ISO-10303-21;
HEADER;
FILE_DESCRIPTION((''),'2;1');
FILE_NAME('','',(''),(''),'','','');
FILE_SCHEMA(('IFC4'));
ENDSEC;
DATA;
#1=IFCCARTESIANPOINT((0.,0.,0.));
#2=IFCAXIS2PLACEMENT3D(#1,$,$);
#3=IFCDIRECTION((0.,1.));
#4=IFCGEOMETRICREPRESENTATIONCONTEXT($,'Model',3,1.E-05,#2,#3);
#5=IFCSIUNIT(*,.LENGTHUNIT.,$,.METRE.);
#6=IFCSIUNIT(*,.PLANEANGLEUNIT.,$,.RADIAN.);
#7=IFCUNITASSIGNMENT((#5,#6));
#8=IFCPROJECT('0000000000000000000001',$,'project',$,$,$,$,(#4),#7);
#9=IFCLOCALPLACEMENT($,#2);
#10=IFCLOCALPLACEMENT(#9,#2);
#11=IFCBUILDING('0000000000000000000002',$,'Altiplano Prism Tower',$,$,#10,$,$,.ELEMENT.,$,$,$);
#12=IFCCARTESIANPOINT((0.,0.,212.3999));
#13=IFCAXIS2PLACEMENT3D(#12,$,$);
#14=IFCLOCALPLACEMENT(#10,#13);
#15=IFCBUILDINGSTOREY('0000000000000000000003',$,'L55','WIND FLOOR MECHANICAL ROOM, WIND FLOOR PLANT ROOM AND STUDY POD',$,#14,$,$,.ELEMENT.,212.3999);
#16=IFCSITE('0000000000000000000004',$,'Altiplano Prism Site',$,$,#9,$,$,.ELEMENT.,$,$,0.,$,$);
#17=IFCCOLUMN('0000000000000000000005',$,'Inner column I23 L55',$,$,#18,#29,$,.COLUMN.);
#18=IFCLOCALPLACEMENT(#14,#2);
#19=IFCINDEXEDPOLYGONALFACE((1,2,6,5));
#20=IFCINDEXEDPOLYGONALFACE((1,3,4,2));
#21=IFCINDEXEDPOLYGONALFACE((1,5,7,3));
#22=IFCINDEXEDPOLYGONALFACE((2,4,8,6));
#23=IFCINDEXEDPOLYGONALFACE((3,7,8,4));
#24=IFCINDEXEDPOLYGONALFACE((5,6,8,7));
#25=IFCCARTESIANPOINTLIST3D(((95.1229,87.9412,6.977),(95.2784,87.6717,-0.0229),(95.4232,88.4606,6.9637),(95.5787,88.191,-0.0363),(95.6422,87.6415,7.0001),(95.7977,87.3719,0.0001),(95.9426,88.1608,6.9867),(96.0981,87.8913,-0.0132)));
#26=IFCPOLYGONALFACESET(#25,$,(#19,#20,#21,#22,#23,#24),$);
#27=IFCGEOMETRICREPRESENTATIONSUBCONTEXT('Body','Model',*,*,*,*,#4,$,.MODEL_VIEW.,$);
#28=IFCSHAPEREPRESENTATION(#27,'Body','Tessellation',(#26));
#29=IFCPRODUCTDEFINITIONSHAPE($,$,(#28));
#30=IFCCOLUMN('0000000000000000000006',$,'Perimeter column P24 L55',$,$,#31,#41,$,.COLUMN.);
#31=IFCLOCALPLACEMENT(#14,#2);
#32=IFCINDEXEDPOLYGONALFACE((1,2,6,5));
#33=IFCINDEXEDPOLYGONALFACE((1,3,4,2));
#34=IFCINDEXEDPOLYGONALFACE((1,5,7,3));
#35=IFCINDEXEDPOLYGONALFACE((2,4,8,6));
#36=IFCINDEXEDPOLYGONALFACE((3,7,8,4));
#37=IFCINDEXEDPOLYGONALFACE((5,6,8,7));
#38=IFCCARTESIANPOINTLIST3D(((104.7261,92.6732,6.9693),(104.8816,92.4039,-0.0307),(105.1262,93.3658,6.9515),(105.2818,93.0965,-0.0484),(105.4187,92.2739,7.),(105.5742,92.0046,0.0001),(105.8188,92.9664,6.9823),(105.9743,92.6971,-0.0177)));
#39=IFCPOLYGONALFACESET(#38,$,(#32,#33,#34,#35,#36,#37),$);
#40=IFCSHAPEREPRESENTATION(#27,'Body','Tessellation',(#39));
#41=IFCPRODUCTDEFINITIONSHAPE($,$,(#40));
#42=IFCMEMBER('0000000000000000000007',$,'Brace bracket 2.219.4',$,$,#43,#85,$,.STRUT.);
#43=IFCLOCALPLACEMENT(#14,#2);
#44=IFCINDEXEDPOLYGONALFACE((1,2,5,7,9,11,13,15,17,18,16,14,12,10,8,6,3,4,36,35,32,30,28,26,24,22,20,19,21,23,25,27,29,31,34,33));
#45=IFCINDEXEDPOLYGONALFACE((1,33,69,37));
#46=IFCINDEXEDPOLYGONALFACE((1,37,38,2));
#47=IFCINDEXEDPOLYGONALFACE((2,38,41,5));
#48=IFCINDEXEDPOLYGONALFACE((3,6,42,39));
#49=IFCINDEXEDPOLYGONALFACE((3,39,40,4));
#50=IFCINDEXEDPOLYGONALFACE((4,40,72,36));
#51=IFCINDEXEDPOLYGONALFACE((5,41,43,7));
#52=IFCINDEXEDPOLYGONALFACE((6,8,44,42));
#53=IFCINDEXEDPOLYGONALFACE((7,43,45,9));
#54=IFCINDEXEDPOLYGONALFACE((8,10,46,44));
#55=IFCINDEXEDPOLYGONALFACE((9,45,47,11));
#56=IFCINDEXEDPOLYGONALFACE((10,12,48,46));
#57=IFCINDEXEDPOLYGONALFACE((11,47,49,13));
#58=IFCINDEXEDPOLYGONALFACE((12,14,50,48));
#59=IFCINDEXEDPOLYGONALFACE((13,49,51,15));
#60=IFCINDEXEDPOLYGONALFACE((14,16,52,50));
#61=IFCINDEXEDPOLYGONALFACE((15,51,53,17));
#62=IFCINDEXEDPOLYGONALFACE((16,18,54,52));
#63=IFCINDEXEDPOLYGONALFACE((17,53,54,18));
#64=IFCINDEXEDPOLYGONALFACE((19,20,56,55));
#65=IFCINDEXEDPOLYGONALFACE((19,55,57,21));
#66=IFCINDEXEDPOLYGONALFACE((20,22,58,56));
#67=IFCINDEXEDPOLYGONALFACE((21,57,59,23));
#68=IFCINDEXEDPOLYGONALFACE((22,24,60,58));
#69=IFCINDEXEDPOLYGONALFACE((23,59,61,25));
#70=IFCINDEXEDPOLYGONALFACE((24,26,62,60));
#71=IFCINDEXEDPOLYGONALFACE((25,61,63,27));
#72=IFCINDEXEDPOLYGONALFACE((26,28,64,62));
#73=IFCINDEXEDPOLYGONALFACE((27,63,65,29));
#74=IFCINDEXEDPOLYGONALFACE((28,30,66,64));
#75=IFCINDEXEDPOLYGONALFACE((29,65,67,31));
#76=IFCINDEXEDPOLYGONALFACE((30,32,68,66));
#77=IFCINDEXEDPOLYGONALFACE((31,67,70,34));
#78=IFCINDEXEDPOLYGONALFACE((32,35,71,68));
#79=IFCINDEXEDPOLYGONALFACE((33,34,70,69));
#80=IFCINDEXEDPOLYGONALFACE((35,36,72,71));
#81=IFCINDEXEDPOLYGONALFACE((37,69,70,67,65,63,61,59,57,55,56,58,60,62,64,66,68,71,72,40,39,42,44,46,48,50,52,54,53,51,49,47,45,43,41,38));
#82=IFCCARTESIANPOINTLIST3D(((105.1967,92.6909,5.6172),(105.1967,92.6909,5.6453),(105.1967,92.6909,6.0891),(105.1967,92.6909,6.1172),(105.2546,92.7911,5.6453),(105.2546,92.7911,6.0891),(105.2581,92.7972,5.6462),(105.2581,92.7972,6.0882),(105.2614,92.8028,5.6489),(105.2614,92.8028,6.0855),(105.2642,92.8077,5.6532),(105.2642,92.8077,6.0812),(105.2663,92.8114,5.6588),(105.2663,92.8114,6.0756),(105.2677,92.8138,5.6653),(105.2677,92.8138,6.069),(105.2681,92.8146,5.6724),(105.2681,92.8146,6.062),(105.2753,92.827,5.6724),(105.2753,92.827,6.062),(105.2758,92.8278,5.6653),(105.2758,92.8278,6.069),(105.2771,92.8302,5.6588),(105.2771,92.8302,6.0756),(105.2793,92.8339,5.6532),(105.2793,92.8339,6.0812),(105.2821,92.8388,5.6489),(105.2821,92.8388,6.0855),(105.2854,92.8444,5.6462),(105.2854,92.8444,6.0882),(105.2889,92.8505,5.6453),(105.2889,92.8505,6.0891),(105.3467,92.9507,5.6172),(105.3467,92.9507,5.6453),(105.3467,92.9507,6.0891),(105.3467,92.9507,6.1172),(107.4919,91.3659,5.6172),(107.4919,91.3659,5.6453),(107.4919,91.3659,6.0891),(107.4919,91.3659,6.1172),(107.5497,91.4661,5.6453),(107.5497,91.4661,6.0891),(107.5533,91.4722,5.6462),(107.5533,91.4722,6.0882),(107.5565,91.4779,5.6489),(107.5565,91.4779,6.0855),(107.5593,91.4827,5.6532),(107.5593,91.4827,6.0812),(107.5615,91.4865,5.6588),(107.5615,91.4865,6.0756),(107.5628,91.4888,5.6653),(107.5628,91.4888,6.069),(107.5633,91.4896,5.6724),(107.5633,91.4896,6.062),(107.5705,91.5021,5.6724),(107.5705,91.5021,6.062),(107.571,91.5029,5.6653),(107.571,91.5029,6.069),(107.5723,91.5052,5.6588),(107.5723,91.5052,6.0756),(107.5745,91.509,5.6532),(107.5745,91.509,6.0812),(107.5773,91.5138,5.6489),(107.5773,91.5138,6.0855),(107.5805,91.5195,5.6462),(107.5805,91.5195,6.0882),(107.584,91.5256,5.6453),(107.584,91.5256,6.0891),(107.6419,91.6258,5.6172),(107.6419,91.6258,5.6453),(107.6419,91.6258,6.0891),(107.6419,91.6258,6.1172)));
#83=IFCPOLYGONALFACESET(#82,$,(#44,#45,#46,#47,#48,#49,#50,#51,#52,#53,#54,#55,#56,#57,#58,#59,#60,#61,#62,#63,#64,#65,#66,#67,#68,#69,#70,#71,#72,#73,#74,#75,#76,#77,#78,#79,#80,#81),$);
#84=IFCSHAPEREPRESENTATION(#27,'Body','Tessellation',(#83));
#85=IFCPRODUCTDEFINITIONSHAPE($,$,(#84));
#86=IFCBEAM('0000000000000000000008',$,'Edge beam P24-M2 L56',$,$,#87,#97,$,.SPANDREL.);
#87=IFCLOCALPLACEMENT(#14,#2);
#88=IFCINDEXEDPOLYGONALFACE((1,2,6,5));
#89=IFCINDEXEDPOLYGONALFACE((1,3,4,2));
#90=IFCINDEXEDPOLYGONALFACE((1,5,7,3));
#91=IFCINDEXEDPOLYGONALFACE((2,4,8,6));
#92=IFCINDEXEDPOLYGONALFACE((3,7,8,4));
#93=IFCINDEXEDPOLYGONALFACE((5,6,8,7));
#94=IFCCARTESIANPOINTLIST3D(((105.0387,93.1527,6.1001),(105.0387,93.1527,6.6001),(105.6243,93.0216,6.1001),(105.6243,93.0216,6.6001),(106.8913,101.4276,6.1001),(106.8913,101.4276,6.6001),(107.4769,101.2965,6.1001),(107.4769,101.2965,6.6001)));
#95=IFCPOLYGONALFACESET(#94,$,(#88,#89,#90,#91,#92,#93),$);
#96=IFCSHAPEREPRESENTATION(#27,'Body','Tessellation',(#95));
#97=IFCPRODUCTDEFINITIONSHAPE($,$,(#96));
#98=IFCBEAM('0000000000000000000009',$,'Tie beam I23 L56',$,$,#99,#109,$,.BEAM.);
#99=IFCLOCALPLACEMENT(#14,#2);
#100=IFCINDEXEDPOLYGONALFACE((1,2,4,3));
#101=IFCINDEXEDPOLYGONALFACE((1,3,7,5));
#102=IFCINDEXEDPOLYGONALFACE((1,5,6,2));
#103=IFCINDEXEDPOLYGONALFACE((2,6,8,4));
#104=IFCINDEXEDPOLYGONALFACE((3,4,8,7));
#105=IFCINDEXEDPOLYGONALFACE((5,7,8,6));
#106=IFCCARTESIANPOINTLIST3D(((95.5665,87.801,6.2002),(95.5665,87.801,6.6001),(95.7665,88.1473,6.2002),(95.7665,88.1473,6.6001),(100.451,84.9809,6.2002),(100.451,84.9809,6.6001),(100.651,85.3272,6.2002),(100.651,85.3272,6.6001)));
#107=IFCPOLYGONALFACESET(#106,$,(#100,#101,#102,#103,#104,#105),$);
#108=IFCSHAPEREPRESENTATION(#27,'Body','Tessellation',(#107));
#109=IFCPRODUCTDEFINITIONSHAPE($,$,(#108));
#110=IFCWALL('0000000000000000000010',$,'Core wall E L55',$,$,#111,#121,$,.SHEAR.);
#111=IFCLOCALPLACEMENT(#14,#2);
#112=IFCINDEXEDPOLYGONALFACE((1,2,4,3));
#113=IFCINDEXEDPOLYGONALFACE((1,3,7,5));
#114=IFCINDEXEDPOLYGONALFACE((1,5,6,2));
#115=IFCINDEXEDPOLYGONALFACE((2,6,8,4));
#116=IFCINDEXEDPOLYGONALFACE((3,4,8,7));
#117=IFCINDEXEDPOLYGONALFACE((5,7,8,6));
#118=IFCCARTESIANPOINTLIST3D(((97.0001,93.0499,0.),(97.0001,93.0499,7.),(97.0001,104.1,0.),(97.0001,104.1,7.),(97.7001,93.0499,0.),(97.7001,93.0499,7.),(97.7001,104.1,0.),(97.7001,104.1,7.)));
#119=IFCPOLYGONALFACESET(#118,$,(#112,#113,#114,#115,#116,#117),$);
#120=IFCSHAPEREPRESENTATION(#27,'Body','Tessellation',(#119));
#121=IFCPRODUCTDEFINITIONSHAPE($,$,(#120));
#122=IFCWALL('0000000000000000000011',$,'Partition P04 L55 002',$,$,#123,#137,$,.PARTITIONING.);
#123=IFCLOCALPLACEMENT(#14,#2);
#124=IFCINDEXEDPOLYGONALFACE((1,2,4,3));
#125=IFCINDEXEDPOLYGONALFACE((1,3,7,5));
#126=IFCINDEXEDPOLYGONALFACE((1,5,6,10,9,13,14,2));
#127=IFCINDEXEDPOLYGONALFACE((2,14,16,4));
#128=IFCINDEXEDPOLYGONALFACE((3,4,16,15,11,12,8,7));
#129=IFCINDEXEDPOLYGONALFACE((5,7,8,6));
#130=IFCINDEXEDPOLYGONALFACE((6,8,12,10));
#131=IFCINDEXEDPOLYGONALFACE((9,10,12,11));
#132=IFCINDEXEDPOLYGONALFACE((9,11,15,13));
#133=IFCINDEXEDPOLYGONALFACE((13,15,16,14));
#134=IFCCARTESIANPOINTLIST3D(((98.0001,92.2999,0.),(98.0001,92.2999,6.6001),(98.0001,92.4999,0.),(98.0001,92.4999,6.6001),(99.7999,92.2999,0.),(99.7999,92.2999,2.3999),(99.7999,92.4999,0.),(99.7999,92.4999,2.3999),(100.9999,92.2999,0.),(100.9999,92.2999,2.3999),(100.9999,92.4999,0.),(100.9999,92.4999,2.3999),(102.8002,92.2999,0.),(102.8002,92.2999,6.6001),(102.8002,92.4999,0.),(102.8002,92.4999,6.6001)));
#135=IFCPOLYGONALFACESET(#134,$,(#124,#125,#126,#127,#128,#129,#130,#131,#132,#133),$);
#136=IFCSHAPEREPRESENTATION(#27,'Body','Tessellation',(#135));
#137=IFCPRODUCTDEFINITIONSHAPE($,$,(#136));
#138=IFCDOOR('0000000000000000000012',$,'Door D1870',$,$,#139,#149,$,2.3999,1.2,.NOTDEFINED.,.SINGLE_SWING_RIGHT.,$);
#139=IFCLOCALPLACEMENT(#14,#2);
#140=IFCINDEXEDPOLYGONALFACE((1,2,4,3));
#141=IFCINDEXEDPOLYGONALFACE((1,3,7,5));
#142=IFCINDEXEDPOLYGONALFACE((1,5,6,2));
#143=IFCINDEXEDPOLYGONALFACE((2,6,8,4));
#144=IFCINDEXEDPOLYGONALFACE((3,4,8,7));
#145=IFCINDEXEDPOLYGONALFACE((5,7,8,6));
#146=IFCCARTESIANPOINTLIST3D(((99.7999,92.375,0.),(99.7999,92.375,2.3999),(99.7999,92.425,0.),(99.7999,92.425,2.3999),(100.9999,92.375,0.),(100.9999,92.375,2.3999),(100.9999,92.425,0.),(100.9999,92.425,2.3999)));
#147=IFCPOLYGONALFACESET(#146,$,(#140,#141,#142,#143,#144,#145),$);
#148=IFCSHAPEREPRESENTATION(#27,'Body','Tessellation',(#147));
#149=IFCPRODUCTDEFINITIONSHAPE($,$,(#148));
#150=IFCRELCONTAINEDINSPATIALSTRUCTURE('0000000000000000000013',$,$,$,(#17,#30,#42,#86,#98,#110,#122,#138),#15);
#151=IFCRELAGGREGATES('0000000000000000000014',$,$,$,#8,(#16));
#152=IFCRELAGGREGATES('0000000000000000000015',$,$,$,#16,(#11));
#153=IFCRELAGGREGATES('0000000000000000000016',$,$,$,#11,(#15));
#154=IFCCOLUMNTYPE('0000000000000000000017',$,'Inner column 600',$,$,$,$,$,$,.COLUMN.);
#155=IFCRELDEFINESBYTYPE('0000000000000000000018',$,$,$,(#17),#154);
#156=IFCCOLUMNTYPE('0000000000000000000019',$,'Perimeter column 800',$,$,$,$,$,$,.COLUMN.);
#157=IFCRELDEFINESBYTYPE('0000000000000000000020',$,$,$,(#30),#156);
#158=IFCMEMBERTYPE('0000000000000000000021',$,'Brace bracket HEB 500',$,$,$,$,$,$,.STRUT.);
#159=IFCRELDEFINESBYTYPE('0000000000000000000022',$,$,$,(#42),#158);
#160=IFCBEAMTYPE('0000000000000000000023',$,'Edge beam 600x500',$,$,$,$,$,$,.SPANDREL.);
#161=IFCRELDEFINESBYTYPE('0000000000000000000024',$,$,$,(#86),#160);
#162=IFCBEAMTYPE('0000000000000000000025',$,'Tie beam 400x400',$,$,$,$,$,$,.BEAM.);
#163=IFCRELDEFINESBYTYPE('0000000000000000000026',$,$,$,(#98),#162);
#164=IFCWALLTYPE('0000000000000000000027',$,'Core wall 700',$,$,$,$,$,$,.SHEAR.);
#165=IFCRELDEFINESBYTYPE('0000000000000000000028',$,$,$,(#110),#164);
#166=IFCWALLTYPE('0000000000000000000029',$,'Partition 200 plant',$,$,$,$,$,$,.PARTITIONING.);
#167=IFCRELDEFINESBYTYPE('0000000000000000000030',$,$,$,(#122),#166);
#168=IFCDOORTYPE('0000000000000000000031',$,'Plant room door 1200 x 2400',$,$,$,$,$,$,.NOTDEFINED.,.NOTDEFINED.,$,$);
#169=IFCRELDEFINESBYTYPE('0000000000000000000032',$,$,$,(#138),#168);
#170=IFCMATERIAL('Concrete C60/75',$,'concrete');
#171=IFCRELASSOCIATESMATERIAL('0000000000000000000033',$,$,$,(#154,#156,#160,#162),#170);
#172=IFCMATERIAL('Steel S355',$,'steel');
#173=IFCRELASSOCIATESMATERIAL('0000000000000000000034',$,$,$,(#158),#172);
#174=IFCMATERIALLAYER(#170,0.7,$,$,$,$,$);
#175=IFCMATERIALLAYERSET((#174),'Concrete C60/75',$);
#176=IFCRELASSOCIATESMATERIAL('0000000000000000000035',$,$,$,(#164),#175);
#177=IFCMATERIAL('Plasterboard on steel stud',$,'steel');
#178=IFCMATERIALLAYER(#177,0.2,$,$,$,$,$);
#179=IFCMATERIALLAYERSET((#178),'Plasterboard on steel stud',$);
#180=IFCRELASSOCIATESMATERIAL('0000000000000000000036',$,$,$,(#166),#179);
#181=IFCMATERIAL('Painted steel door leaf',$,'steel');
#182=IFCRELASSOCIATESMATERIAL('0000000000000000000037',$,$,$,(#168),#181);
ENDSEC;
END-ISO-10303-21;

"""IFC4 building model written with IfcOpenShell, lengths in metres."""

from ifc_helpers import new_model, si_unit, direction, frame, frame_2d, origin, origin_2d, place, context, subcontext, project, spatial, rectangle, i_section, extrude, material, layer, layer_set, material_profile, profile_set, type_object, element, fill, save


model = new_model("IFC4")

# Units and contexts
model_context = context("Model", 3, precision=1e-05, world=origin(), true_north=direction((0.0, 1.0)))
body_context = subcontext(model_context, "Body", "Model", "MODEL_VIEW")
ifc_project = project(units=[si_unit("LENGTHUNIT", "METRE"), si_unit("PLANEANGLEUNIT", "RADIAN")], contexts=[model_context])

# Site, building, storey
site_placement = place(None, origin())
site = spatial("IfcSite", under=ifc_project, at=site_placement, Name="Altiplano Prism Site", CompositionType="ELEMENT", RefElevation=0.0)
building_placement = place(site_placement, origin())
building = spatial("IfcBuilding", under=site, at=building_placement, Name="Altiplano Prism Tower", CompositionType="ELEMENT")
storey_placement = place(building_placement, frame((0.0, 0.0, 212.3999)))
storey = spatial("IfcBuildingStorey", under=building, at=storey_placement, Name="L55", Description="WIND FLOOR MECHANICAL ROOM, WIND FLOOR PLANT ROOM AND STUDY POD", CompositionType="ELEMENT", Elevation=212.3999)

# Columns
ifc_material_1 = material(Name="Concrete C60/75", Category="concrete")
ifc_material_profile_1 = material_profile(ifc_material_1, rectangle(XDim=0.6001, YDim=0.6001, at=origin_2d()), Name="Inner column 600")
ifc_profile_set_1 = profile_set([ifc_material_profile_1], Name="Concrete C60/75")
column_type_1 = type_object("IfcColumnType", Name="Inner column 600", PredefinedType="COLUMN", material=ifc_profile_set_1)
column_1_placement = place(storey_placement, frame((95.6882, 87.7815, -0.0181), z_axis=(-0.022195, 0.038466, 0.999013), x_axis=(-0.50048, -0.865463, 0.022205)))
element("IfcColumn", 1, at=column_1_placement, inside=storey, type_object=column_type_1, Name="Inner column I23 L55", PredefinedType="COLUMN", context=body_context, shape_type="SweptSolid", body=[
    extrude(rectangle(XDim=0.6001, YDim=0.6001, at=origin_2d()), origin(), (0.0, 0.0, 1.0), 7.0068),
])
ifc_material_profile_2 = material_profile(ifc_material_1, rectangle(XDim=0.8, YDim=0.8, at=origin_2d()), Name="Perimeter column 800")
ifc_profile_set_2 = profile_set([ifc_material_profile_2], Name="Concrete C60/75")
column_type_2 = type_object("IfcColumnType", Name="Perimeter column 800", PredefinedType="COLUMN", material=ifc_profile_set_2)
column_2_placement = place(storey_placement, frame((105.428, 92.5505, -0.0242), z_axis=(-0.022195, 0.038432, 0.999015), x_axis=(-0.500139, -0.865661, 0.02219)))
element("IfcColumn", 2, at=column_2_placement, inside=storey, type_object=column_type_2, Name="Perimeter column P24 L55", PredefinedType="COLUMN", context=body_context, shape_type="SweptSolid", body=[
    extrude(rectangle(XDim=0.8, YDim=0.8, at=origin_2d()), origin(), (0.0, 0.0, 1.0), 7.0068),
])

# Member
ifc_material_2 = material(Name="Steel S355", Category="steel")
ifc_material_profile_3 = material_profile(ifc_material_2, i_section(OverallWidth=0.3, OverallDepth=0.5, WebThickness=0.0144, FlangeThickness=0.0281, FilletRadius=0.0271, at=origin_2d()), Name="Brace bracket HEB 500")
ifc_profile_set_3 = profile_set([ifc_material_profile_3], Name="Steel S355")
member_type = type_object("IfcMemberType", Name="Brace bracket HEB 500", PredefinedType="STRUT", material=ifc_profile_set_3)
member_placement = place(storey_placement, frame((105.2717, 92.8208, 5.8672), z_axis=(0.866052, -0.499954, 0.0), x_axis=(0.499954, 0.866052, 0.0)))
element("IfcMember", 3, at=member_placement, inside=storey, type_object=member_type, Name="Brace bracket 2.219.4", PredefinedType="STRUT", context=body_context, shape_type="SweptSolid", body=[
    extrude(i_section(OverallWidth=0.3, OverallDepth=0.5, WebThickness=0.0144, FlangeThickness=0.0281, FilletRadius=0.0271, at=origin_2d()), origin(), (0.0, 0.0, 1.0), 2.6501),
])

# Beams
ifc_material_profile_4 = material_profile(ifc_material_1, rectangle(XDim=0.6001, YDim=0.5, at=origin_2d()), Name="Edge beam 600x500")
ifc_profile_set_4 = profile_set([ifc_material_profile_4], Name="Concrete C60/75")
beam_type_1 = type_object("IfcBeamType", Name="Edge beam 600x500", PredefinedType="SPANDREL", material=ifc_profile_set_4)
beam_1_placement = place(storey_placement, frame((105.3315, 93.0872, 6.3501), z_axis=(0.218467, 0.975844, 0.0), x_axis=(-0.975844, 0.218467, 0.0)))
element("IfcBeam", 4, at=beam_1_placement, inside=storey, type_object=beam_type_1, Name="Edge beam P24-M2 L56", PredefinedType="SPANDREL", context=body_context, shape_type="SweptSolid", body=[
    extrude(rectangle(XDim=0.6001, YDim=0.5, at=origin_2d()), origin(), (0.0, 0.0, 1.0), 8.4797),
])
ifc_material_profile_5 = material_profile(ifc_material_1, rectangle(XDim=0.3999, YDim=0.3999, at=origin_2d()), Name="Tie beam 400x400")
ifc_profile_set_5 = profile_set([ifc_material_profile_5], Name="Concrete C60/75")
beam_type_2 = type_object("IfcBeamType", Name="Tie beam 400x400", PredefinedType="BEAM", material=ifc_profile_set_5)
beam_2_placement = place(storey_placement, frame((95.6665, 87.9741, 6.4001), z_axis=(0.866026, -0.499998, 0.0), x_axis=(0.499998, 0.866026, 0.0)))
element("IfcBeam", 5, at=beam_2_placement, inside=storey, type_object=beam_type_2, Name="Tie beam I23 L56", PredefinedType="BEAM", context=body_context, shape_type="SweptSolid", body=[
    extrude(rectangle(XDim=0.3999, YDim=0.3999, at=origin_2d()), origin(), (0.0, 0.0, 1.0), 5.6401),
])

# Wall
ifc_layer_1 = layer(ifc_material_1, 0.7)
ifc_layer_set_1 = layer_set([ifc_layer_1], Name="Concrete C60/75")
wall_type_1 = type_object("IfcWallType", Name="Core wall 700", PredefinedType="SHEAR", material=ifc_layer_set_1)
wall_1_placement = place(storey_placement, frame((97.3501, 93.05, 0.0), z_axis=(0.0, 0.0, 1.0), x_axis=(0.0, 1.0, 0.0)))
element("IfcWall", 6, at=wall_1_placement, inside=storey, type_object=wall_type_1, Name="Core wall E L55", PredefinedType="SHEAR", context=body_context, shape_type="SweptSolid", body=[
    extrude(rectangle(XDim=11.05, YDim=0.7, at=frame_2d((5.5249, 0.0))), origin(), (0.0, 0.0, 1.0), 7.0),
])

# Wall, opening, door
ifc_material_3 = material(Name="Plasterboard on steel stud", Category="steel")
ifc_layer_2 = layer(ifc_material_3, 0.2)
ifc_layer_set_2 = layer_set([ifc_layer_2], Name="Plasterboard on steel stud")
wall_type_2 = type_object("IfcWallType", Name="Partition 200 plant", PredefinedType="PARTITIONING", material=ifc_layer_set_2)
wall_2_placement = place(storey_placement, frame((102.8, 92.3999, 0.0), z_axis=(0.0, 0.0, 1.0), x_axis=(-1.0, 0.0, 0.0)))
wall_2 = element("IfcWall", 7, at=wall_2_placement, inside=storey, type_object=wall_type_2, Name="Partition P04 L55 002", PredefinedType="PARTITIONING", context=body_context, shape_type="SweptSolid", body=[
    extrude(rectangle(XDim=4.8, YDim=0.2, at=frame_2d((2.3999, 0.0))), origin(), (0.0, 0.0, 1.0), 6.6001),
])
opening_placement = place(wall_2_placement, frame((1.8, 0.0, 0.0)))
opening = element("IfcOpeningElement", 8, at=opening_placement, cuts=wall_2, PredefinedType="OPENING", context=body_context, shape_type="SweptSolid", body=[
    extrude(rectangle(XDim=1.2, YDim=2.3999, at=frame_2d((0.6001, 1.2))), frame((0.0, 0.1104, 0.0), z_axis=(0.0, -1.0, 0.0), x_axis=(1.0, 0.0, 0.0)), (0.0, 0.0, 1.0), 0.2209),
])
ifc_material_4 = material(Name="Painted steel door leaf", Category="steel")
door_type = type_object("IfcDoorType", Name="Plant room door 1200 x 2400", OperationType="NOTDEFINED", PredefinedType="NOTDEFINED", material=ifc_material_4)
door_placement = place(opening_placement, origin())
door = element("IfcDoor", 9, at=door_placement, inside=storey, type_object=door_type, Name="Door D1870", OperationType="SINGLE_SWING_RIGHT", OverallHeight=2.3999, OverallWidth=1.2, PredefinedType="NOTDEFINED", context=body_context, shape_type="SweptSolid", body=[
    extrude(rectangle(XDim=1.2, YDim=2.3999, at=frame_2d((0.6001, 1.2))), frame((0.0, 0.0249, 0.0), z_axis=(0.0, -1.0, 0.0), x_axis=(1.0, 0.0, 0.0)), (0.0, 0.0, 1.0), 0.05),
])
fill(opening, door)

save(model, "model.ifc")
